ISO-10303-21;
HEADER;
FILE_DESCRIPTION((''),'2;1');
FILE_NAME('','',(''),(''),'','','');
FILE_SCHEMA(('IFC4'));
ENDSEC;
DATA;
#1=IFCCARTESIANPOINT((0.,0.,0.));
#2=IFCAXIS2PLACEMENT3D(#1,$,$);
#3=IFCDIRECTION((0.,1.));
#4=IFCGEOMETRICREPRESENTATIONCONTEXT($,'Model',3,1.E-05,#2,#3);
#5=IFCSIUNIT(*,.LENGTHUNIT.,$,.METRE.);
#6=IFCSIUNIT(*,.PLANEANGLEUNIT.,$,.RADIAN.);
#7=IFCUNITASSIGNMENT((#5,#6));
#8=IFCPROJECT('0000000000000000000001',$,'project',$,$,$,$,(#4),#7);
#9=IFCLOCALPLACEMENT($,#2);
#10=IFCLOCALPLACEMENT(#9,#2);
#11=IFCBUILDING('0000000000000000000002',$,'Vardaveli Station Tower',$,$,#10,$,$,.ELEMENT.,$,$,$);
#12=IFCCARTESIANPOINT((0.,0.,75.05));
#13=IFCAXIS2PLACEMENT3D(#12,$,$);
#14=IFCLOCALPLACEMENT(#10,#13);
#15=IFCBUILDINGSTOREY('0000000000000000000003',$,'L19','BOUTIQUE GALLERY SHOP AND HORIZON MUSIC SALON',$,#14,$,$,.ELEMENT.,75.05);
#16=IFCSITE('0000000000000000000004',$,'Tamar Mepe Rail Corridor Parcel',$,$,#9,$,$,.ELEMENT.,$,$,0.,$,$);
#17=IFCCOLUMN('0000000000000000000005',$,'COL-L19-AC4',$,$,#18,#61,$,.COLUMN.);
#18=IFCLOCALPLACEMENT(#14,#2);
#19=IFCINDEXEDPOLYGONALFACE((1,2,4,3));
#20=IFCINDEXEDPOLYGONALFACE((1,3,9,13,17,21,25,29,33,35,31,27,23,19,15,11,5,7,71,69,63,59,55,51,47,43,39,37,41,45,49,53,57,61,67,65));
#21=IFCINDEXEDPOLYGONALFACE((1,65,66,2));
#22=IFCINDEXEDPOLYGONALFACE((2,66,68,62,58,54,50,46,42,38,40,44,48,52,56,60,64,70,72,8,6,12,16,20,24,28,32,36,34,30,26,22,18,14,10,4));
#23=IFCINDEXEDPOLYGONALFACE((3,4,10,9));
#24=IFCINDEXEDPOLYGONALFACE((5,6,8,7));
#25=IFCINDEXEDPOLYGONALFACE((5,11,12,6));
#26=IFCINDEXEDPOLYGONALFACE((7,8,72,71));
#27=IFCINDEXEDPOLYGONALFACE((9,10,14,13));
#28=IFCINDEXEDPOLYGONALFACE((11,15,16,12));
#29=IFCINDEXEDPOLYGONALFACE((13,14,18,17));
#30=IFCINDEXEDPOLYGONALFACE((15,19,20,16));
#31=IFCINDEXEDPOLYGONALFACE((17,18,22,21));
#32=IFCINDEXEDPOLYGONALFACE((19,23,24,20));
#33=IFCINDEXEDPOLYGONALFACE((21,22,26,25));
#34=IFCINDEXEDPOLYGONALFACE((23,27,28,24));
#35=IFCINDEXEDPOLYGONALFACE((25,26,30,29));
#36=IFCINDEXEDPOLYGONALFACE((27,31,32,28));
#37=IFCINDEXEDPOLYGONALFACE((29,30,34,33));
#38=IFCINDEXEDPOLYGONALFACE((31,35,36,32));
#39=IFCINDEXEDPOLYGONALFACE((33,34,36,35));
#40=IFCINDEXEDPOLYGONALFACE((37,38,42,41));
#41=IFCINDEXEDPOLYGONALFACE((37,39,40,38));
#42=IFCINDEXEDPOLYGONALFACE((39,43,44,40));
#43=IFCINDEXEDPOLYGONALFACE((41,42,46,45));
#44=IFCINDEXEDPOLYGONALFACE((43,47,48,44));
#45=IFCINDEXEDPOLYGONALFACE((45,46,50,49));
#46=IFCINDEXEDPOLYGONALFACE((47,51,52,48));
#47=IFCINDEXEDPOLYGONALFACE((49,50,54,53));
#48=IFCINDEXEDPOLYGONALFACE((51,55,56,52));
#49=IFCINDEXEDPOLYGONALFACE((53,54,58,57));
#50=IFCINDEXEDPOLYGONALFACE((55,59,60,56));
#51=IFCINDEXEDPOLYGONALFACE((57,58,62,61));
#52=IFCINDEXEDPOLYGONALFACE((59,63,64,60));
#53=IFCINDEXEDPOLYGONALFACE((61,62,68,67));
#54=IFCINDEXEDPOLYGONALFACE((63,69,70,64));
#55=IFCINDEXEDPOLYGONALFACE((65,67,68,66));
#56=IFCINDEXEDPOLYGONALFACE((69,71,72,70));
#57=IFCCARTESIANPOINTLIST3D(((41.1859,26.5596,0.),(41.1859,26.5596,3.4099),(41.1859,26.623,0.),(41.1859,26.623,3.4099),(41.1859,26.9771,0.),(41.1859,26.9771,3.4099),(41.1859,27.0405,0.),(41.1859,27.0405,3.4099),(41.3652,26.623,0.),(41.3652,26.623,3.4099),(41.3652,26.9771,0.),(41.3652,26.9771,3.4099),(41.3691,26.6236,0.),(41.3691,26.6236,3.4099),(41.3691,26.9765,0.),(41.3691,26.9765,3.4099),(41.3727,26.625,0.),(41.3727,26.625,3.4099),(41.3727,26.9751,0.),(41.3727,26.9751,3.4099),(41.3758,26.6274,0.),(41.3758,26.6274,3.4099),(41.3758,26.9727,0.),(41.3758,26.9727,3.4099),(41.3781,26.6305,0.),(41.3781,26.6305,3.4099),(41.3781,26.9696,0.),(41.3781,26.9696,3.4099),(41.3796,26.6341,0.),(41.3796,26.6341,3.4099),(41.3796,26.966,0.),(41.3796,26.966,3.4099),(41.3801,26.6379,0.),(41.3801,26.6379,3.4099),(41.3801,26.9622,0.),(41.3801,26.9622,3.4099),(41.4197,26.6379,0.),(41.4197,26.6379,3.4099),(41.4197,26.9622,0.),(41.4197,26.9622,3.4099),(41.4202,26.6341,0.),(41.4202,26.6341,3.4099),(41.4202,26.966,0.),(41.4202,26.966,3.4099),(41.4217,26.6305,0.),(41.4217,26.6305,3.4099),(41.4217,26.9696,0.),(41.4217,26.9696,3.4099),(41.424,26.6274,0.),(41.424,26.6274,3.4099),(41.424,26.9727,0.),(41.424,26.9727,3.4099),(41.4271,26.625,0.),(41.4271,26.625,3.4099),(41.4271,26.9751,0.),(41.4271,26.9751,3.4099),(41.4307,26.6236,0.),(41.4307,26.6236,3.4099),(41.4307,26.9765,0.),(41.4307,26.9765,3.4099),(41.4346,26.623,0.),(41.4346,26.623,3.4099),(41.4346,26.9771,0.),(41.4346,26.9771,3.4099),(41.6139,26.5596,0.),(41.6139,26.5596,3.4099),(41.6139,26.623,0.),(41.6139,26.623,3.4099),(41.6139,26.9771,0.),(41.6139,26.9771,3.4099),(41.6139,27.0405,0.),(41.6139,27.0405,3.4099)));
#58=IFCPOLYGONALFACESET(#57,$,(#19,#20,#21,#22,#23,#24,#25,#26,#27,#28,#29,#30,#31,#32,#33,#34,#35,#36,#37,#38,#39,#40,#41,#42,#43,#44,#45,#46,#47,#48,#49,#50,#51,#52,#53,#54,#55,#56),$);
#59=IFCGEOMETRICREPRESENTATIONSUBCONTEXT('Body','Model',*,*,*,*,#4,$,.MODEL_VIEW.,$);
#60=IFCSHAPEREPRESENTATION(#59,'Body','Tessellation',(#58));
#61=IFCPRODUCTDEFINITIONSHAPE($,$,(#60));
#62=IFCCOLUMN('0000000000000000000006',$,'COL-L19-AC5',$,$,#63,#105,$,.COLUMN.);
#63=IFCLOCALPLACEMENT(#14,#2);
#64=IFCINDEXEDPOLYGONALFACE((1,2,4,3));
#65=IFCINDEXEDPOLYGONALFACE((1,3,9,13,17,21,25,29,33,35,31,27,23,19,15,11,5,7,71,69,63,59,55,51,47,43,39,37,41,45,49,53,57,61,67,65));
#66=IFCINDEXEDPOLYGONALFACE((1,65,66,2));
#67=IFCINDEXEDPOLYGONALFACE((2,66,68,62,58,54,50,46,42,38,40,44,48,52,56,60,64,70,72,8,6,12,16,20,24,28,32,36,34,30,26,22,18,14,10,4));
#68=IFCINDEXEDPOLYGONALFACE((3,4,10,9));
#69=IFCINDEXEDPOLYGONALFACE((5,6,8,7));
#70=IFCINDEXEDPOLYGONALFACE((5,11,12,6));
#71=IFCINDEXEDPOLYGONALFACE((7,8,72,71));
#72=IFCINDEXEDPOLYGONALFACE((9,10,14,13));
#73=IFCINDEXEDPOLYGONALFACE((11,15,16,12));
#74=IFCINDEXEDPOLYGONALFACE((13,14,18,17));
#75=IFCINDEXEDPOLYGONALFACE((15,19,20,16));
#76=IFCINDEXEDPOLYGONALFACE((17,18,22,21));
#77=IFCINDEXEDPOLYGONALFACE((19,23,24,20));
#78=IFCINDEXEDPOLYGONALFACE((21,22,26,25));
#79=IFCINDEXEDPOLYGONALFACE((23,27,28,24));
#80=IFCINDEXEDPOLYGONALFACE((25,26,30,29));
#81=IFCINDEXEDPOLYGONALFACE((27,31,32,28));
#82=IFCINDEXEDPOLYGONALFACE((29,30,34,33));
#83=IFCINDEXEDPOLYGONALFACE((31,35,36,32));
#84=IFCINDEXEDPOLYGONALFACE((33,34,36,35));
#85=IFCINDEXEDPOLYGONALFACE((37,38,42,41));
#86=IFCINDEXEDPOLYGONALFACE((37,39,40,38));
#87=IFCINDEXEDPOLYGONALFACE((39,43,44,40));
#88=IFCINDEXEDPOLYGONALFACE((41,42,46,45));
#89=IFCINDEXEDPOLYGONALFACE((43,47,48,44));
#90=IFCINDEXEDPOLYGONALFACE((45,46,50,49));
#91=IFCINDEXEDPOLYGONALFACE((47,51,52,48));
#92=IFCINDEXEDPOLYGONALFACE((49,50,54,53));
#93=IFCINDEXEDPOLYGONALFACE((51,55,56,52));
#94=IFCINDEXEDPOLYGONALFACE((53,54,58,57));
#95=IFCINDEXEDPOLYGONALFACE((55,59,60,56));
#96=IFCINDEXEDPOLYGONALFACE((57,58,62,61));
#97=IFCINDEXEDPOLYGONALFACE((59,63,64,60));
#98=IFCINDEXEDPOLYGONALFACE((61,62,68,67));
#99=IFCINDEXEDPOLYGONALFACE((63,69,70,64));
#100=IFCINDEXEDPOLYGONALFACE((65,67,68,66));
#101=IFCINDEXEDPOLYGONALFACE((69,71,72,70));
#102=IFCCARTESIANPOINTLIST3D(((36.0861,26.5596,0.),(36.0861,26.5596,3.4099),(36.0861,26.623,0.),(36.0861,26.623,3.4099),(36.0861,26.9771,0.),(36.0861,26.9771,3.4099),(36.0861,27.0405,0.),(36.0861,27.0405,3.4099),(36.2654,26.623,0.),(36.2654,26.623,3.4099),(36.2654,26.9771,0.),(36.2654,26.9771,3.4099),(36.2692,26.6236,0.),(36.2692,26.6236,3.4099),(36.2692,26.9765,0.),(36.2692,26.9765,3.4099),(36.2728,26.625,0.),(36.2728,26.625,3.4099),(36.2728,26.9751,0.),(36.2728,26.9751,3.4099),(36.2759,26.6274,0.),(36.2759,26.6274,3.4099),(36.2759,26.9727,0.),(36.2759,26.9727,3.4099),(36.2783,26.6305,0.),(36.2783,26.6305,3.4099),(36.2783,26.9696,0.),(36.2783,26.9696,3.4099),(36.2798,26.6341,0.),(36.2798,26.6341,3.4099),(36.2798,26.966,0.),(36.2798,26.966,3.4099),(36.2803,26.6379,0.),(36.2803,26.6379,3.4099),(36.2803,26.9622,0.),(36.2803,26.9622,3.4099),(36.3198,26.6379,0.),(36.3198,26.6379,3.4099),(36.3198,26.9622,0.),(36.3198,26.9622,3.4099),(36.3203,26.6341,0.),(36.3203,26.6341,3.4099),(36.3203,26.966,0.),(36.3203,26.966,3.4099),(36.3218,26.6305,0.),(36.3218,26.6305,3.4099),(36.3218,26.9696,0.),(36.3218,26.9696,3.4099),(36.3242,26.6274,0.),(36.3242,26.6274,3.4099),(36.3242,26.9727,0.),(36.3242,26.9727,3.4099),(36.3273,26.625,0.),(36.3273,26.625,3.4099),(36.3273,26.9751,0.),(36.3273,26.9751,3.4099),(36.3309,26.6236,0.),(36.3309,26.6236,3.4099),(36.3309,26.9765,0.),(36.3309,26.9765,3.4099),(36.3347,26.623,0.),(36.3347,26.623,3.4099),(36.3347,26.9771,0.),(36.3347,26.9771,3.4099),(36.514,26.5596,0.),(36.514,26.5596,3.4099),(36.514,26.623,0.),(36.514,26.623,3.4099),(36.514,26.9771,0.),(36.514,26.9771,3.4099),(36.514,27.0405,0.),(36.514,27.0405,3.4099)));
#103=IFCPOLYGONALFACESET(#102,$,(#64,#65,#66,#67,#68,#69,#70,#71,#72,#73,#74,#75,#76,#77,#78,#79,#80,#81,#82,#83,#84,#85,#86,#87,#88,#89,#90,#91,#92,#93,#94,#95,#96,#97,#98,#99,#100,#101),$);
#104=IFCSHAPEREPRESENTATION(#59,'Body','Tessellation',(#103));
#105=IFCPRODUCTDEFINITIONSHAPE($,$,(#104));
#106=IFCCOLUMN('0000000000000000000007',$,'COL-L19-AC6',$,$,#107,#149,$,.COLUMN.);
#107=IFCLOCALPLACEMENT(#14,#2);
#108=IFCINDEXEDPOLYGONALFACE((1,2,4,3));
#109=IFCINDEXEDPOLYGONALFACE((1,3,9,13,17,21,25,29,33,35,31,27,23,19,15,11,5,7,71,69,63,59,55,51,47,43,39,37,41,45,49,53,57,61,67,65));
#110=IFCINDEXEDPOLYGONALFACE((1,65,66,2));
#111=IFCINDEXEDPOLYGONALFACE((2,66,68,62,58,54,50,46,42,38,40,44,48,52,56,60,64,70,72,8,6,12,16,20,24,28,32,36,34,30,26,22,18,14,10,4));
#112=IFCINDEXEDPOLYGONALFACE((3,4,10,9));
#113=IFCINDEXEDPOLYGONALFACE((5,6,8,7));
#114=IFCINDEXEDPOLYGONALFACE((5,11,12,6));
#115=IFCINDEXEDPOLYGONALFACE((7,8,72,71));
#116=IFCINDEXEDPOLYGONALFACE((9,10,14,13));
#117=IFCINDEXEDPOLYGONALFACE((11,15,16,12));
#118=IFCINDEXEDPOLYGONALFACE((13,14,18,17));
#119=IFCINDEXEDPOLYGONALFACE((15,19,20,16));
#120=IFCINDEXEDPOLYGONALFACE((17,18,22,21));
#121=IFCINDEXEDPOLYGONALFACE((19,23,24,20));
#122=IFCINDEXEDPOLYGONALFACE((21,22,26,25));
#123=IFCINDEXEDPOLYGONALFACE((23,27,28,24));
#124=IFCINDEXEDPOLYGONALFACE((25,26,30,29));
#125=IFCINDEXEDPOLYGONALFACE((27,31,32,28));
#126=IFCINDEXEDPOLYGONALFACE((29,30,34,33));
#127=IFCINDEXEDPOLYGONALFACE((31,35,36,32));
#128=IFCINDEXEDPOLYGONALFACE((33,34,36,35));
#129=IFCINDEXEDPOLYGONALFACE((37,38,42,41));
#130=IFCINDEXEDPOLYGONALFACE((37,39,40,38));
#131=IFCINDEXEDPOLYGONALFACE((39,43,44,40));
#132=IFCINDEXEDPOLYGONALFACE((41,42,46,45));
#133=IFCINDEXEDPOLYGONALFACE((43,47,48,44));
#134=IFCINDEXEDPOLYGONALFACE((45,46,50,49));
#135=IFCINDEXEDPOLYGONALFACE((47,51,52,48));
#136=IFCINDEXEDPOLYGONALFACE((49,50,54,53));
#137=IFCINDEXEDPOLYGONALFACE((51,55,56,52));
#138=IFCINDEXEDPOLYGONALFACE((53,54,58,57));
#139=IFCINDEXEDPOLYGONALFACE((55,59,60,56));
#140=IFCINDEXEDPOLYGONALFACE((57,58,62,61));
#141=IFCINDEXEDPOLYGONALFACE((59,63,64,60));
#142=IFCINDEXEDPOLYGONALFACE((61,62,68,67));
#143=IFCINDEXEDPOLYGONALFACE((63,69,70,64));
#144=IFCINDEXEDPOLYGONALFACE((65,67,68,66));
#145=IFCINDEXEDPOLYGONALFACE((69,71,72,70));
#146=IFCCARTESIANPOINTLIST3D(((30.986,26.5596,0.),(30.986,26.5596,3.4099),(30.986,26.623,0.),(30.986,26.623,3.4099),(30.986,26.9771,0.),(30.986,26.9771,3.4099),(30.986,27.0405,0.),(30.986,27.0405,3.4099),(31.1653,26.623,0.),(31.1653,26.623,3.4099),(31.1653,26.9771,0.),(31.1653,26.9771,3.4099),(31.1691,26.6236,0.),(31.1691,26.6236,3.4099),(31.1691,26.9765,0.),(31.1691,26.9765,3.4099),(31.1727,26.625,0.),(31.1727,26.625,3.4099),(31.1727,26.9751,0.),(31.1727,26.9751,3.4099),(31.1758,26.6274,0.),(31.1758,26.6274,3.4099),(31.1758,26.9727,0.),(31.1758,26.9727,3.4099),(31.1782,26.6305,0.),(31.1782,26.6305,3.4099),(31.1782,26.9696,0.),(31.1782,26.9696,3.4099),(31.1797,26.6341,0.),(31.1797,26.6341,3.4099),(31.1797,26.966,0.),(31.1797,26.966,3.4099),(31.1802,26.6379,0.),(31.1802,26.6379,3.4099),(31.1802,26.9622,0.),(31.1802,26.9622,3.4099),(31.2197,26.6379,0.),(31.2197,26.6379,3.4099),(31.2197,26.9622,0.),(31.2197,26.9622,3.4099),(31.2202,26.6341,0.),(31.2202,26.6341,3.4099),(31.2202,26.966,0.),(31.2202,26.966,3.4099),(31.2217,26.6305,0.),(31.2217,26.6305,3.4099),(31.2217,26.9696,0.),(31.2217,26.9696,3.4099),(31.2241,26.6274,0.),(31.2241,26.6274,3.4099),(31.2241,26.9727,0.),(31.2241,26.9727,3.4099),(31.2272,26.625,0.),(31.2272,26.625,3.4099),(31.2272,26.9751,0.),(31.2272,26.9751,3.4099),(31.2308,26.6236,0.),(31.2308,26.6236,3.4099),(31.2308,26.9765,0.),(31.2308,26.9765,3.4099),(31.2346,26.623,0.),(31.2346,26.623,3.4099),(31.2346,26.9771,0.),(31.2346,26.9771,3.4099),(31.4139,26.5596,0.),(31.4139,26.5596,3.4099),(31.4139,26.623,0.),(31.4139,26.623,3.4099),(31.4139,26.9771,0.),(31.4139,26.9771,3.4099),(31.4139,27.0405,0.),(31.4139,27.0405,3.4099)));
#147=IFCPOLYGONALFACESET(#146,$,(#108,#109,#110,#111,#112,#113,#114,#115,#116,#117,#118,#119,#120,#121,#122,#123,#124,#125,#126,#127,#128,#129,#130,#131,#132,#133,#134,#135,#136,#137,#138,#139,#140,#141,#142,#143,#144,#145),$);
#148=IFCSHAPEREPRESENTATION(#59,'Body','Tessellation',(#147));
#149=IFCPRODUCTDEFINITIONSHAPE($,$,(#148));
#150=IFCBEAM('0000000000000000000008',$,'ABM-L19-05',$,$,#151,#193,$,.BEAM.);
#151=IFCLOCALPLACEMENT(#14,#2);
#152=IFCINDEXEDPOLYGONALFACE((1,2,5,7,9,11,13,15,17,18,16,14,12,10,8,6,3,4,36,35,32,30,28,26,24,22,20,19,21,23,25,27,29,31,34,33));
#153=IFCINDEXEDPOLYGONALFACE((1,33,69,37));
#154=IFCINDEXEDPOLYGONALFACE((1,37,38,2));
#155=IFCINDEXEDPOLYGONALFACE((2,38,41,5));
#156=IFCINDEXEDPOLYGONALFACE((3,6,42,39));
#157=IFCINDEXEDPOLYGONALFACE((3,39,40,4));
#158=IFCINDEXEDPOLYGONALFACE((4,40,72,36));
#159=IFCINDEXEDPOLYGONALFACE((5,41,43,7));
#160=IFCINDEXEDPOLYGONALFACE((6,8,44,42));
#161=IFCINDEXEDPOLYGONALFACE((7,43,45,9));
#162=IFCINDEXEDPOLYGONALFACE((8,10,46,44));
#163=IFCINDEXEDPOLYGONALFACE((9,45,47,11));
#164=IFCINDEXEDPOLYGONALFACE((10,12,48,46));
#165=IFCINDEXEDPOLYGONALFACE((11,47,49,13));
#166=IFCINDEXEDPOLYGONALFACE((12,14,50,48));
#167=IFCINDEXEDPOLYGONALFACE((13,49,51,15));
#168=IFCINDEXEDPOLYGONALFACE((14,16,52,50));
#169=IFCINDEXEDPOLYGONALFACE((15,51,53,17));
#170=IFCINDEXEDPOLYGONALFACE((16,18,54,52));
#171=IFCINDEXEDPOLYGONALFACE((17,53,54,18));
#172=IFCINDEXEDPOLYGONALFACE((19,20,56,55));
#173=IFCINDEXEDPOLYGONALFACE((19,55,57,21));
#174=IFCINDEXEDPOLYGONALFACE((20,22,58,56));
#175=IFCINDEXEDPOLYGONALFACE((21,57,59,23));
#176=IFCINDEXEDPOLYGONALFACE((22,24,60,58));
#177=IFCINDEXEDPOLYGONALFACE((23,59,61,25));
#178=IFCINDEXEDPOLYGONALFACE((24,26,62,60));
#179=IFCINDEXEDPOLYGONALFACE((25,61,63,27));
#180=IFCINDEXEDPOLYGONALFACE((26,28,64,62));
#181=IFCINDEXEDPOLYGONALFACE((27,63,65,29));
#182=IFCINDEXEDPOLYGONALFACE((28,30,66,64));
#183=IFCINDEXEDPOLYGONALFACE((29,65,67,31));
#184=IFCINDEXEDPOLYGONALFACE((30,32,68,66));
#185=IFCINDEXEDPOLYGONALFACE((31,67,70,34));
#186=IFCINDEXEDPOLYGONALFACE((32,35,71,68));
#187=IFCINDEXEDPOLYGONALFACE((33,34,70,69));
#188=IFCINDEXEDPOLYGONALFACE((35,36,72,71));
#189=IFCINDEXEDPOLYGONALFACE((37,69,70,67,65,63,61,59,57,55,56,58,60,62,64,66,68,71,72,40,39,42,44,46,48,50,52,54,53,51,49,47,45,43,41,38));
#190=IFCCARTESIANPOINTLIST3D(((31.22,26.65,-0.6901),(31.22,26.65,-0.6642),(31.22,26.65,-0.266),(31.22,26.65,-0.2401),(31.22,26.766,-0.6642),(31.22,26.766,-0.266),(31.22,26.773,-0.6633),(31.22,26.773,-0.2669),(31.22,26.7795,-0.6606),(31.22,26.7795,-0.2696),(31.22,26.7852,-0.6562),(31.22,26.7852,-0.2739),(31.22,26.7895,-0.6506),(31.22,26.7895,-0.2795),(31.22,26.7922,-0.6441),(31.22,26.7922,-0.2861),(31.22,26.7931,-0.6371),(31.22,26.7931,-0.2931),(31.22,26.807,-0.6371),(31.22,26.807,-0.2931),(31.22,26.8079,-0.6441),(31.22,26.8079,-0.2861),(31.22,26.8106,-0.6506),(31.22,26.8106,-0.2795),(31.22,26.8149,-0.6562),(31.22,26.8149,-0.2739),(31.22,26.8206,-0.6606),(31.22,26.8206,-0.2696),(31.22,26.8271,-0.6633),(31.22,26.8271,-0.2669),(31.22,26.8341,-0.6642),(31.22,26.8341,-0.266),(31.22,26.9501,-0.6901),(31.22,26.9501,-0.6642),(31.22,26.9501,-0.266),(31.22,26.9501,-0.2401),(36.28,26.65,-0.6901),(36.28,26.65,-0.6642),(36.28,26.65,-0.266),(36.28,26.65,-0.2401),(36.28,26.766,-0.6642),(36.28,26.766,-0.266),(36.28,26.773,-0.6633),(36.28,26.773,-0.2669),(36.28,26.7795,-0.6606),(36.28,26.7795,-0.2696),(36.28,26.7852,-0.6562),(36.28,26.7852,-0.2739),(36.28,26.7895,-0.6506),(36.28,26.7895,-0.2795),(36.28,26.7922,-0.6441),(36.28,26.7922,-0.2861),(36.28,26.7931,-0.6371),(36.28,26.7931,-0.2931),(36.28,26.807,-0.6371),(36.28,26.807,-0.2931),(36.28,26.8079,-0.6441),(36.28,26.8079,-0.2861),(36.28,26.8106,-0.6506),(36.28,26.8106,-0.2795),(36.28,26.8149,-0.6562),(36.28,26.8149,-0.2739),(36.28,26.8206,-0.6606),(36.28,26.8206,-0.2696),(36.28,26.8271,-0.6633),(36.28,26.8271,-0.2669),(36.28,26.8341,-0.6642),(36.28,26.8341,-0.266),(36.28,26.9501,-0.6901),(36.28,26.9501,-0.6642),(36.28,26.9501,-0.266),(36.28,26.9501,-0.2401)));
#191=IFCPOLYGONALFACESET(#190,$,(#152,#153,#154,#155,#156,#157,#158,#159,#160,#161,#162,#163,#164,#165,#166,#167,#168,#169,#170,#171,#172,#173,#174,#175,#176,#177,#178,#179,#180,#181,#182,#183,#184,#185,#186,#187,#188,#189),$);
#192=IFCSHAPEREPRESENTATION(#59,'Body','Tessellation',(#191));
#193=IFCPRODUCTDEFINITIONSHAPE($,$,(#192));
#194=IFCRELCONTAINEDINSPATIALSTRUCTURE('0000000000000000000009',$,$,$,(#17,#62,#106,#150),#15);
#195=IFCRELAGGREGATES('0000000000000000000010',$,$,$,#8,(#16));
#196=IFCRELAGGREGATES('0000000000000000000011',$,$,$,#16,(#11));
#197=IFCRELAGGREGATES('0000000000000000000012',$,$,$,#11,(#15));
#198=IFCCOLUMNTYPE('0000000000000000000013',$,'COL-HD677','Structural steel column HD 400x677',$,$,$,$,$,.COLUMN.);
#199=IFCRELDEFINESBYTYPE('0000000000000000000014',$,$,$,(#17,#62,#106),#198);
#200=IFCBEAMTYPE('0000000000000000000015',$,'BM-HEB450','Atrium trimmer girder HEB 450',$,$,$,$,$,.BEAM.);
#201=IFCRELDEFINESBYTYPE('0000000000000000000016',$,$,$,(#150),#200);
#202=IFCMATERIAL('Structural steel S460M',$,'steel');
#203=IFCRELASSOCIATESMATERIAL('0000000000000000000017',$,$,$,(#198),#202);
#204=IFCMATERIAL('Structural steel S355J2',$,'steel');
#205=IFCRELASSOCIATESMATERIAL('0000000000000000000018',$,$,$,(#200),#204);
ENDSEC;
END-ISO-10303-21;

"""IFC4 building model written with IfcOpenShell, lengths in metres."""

from ifc_helpers import new_model, si_unit, direction, frame, origin, origin_2d, place, context, subcontext, project, spatial, i_section, extrude, source, transform, mapped, material, material_profile, profile_set, type_object, element, save


model = new_model("IFC4")

# Units and contexts
model_context = context("Model", 3, precision=1e-05, world=origin(), true_north=direction((0.0, 1.0)))
body_context = subcontext(model_context, "Body", "Model", "MODEL_VIEW")
ifc_project = project(units=[si_unit("LENGTHUNIT", "METRE"), si_unit("PLANEANGLEUNIT", "RADIAN")], contexts=[model_context])

# Site, building, storey
site_placement = place(None, origin())
site = spatial("IfcSite", under=ifc_project, at=site_placement, Name="Tamar Mepe Rail Corridor Parcel", CompositionType="ELEMENT", RefElevation=0.0)
building_placement = place(site_placement, origin())
building = spatial("IfcBuilding", under=site, at=building_placement, Name="Vardaveli Station Tower", CompositionType="ELEMENT")
storey_placement = place(building_placement, frame((0.0, 0.0, 75.05)))
storey = spatial("IfcBuildingStorey", under=building, at=storey_placement, Name="L19", Description="BOUTIQUE GALLERY SHOP AND HORIZON MUSIC SALON", CompositionType="ELEMENT", Elevation=75.05)

# Columns
ifc_material_1 = material(Name="Structural steel S460M", Category="steel")
ifc_material_profile_1 = material_profile(ifc_material_1, i_section(OverallWidth=0.428, OverallDepth=0.481, WebThickness=0.0396, FlangeThickness=0.0635, FilletRadius=0.0149, at=origin_2d()), Name="HD 400x677")
ifc_profile_set_1 = profile_set([ifc_material_profile_1], Name="Structural steel S460M")
column_type = type_object("IfcColumnType", Name="COL-HD677", Description="Structural steel column HD 400x677", PredefinedType="COLUMN", material=ifc_profile_set_1)
shared_shape_1 = source(origin(), body_context, "Body", "SweptSolid", [
    extrude(i_section(OverallWidth=0.428, OverallDepth=0.481, WebThickness=0.0396, FlangeThickness=0.0635, FilletRadius=0.0149, at=origin_2d()), origin(), (0.0, 0.0, 1.0), 3.4099),
])
for number, where, z_axis, x_axis, name in (
    (1, (41.3999, 26.8, 0.0), (0.0, 0.0, 1.0), (1.0, 0.0, 0.0), "COL-L19-AC4"),
    (2, (36.3, 26.8, 0.0), (0.0, 0.0, 1.0), (1.0, 0.0, 0.0), "COL-L19-AC5"),
    (3, (31.2, 26.8, 0.0), (0.0, 0.0, 1.0), (1.0, 0.0, 0.0), "COL-L19-AC6"),
):
    element("IfcColumn", number, at=place(storey_placement, frame(where, z_axis=z_axis, x_axis=x_axis)), inside=storey, type_object=column_type, Name=name, PredefinedType="COLUMN", context=body_context, shape_type="MappedRepresentation", body=[
        mapped(shared_shape_1, transform((0.0, 0.0, 0.0), scale=1.0)),
    ])

# Beam
ifc_material_2 = material(Name="Structural steel S355J2", Category="steel")
ifc_material_profile_2 = material_profile(ifc_material_2, i_section(OverallWidth=0.3, OverallDepth=0.45, WebThickness=0.0139, FlangeThickness=0.0259, FilletRadius=0.0271, at=origin_2d()), Name="HEB 450")
ifc_profile_set_2 = profile_set([ifc_material_profile_2], Name="Structural steel S355J2")
beam_type_1 = type_object("IfcBeamType", Name="BM-HEB450", Description="Atrium trimmer girder HEB 450", PredefinedType="BEAM", material=ifc_profile_set_2)
shared_shape_2 = source(origin(), body_context, "Body", "SweptSolid", [
    extrude(i_section(OverallWidth=0.3, OverallDepth=0.45, WebThickness=0.0139, FlangeThickness=0.0259, FilletRadius=0.0271, at=origin_2d()), origin(), (0.0, 0.0, 1.0), 5.0601),
])
beam_1_placement = place(storey_placement, frame((36.28, 26.8, -0.4651), z_axis=(-1.0, 0.0, 0.0), x_axis=(0.0, -1.0, 0.0)))
element("IfcBeam", 4, at=beam_1_placement, inside=storey, type_object=beam_type_1, Name="ABM-L19-05", PredefinedType="BEAM", context=body_context, shape_type="MappedRepresentation", body=[
    mapped(shared_shape_2, transform((0.0, 0.0, 0.0), scale=1.0)),
])

save(model, "model.ifc")
